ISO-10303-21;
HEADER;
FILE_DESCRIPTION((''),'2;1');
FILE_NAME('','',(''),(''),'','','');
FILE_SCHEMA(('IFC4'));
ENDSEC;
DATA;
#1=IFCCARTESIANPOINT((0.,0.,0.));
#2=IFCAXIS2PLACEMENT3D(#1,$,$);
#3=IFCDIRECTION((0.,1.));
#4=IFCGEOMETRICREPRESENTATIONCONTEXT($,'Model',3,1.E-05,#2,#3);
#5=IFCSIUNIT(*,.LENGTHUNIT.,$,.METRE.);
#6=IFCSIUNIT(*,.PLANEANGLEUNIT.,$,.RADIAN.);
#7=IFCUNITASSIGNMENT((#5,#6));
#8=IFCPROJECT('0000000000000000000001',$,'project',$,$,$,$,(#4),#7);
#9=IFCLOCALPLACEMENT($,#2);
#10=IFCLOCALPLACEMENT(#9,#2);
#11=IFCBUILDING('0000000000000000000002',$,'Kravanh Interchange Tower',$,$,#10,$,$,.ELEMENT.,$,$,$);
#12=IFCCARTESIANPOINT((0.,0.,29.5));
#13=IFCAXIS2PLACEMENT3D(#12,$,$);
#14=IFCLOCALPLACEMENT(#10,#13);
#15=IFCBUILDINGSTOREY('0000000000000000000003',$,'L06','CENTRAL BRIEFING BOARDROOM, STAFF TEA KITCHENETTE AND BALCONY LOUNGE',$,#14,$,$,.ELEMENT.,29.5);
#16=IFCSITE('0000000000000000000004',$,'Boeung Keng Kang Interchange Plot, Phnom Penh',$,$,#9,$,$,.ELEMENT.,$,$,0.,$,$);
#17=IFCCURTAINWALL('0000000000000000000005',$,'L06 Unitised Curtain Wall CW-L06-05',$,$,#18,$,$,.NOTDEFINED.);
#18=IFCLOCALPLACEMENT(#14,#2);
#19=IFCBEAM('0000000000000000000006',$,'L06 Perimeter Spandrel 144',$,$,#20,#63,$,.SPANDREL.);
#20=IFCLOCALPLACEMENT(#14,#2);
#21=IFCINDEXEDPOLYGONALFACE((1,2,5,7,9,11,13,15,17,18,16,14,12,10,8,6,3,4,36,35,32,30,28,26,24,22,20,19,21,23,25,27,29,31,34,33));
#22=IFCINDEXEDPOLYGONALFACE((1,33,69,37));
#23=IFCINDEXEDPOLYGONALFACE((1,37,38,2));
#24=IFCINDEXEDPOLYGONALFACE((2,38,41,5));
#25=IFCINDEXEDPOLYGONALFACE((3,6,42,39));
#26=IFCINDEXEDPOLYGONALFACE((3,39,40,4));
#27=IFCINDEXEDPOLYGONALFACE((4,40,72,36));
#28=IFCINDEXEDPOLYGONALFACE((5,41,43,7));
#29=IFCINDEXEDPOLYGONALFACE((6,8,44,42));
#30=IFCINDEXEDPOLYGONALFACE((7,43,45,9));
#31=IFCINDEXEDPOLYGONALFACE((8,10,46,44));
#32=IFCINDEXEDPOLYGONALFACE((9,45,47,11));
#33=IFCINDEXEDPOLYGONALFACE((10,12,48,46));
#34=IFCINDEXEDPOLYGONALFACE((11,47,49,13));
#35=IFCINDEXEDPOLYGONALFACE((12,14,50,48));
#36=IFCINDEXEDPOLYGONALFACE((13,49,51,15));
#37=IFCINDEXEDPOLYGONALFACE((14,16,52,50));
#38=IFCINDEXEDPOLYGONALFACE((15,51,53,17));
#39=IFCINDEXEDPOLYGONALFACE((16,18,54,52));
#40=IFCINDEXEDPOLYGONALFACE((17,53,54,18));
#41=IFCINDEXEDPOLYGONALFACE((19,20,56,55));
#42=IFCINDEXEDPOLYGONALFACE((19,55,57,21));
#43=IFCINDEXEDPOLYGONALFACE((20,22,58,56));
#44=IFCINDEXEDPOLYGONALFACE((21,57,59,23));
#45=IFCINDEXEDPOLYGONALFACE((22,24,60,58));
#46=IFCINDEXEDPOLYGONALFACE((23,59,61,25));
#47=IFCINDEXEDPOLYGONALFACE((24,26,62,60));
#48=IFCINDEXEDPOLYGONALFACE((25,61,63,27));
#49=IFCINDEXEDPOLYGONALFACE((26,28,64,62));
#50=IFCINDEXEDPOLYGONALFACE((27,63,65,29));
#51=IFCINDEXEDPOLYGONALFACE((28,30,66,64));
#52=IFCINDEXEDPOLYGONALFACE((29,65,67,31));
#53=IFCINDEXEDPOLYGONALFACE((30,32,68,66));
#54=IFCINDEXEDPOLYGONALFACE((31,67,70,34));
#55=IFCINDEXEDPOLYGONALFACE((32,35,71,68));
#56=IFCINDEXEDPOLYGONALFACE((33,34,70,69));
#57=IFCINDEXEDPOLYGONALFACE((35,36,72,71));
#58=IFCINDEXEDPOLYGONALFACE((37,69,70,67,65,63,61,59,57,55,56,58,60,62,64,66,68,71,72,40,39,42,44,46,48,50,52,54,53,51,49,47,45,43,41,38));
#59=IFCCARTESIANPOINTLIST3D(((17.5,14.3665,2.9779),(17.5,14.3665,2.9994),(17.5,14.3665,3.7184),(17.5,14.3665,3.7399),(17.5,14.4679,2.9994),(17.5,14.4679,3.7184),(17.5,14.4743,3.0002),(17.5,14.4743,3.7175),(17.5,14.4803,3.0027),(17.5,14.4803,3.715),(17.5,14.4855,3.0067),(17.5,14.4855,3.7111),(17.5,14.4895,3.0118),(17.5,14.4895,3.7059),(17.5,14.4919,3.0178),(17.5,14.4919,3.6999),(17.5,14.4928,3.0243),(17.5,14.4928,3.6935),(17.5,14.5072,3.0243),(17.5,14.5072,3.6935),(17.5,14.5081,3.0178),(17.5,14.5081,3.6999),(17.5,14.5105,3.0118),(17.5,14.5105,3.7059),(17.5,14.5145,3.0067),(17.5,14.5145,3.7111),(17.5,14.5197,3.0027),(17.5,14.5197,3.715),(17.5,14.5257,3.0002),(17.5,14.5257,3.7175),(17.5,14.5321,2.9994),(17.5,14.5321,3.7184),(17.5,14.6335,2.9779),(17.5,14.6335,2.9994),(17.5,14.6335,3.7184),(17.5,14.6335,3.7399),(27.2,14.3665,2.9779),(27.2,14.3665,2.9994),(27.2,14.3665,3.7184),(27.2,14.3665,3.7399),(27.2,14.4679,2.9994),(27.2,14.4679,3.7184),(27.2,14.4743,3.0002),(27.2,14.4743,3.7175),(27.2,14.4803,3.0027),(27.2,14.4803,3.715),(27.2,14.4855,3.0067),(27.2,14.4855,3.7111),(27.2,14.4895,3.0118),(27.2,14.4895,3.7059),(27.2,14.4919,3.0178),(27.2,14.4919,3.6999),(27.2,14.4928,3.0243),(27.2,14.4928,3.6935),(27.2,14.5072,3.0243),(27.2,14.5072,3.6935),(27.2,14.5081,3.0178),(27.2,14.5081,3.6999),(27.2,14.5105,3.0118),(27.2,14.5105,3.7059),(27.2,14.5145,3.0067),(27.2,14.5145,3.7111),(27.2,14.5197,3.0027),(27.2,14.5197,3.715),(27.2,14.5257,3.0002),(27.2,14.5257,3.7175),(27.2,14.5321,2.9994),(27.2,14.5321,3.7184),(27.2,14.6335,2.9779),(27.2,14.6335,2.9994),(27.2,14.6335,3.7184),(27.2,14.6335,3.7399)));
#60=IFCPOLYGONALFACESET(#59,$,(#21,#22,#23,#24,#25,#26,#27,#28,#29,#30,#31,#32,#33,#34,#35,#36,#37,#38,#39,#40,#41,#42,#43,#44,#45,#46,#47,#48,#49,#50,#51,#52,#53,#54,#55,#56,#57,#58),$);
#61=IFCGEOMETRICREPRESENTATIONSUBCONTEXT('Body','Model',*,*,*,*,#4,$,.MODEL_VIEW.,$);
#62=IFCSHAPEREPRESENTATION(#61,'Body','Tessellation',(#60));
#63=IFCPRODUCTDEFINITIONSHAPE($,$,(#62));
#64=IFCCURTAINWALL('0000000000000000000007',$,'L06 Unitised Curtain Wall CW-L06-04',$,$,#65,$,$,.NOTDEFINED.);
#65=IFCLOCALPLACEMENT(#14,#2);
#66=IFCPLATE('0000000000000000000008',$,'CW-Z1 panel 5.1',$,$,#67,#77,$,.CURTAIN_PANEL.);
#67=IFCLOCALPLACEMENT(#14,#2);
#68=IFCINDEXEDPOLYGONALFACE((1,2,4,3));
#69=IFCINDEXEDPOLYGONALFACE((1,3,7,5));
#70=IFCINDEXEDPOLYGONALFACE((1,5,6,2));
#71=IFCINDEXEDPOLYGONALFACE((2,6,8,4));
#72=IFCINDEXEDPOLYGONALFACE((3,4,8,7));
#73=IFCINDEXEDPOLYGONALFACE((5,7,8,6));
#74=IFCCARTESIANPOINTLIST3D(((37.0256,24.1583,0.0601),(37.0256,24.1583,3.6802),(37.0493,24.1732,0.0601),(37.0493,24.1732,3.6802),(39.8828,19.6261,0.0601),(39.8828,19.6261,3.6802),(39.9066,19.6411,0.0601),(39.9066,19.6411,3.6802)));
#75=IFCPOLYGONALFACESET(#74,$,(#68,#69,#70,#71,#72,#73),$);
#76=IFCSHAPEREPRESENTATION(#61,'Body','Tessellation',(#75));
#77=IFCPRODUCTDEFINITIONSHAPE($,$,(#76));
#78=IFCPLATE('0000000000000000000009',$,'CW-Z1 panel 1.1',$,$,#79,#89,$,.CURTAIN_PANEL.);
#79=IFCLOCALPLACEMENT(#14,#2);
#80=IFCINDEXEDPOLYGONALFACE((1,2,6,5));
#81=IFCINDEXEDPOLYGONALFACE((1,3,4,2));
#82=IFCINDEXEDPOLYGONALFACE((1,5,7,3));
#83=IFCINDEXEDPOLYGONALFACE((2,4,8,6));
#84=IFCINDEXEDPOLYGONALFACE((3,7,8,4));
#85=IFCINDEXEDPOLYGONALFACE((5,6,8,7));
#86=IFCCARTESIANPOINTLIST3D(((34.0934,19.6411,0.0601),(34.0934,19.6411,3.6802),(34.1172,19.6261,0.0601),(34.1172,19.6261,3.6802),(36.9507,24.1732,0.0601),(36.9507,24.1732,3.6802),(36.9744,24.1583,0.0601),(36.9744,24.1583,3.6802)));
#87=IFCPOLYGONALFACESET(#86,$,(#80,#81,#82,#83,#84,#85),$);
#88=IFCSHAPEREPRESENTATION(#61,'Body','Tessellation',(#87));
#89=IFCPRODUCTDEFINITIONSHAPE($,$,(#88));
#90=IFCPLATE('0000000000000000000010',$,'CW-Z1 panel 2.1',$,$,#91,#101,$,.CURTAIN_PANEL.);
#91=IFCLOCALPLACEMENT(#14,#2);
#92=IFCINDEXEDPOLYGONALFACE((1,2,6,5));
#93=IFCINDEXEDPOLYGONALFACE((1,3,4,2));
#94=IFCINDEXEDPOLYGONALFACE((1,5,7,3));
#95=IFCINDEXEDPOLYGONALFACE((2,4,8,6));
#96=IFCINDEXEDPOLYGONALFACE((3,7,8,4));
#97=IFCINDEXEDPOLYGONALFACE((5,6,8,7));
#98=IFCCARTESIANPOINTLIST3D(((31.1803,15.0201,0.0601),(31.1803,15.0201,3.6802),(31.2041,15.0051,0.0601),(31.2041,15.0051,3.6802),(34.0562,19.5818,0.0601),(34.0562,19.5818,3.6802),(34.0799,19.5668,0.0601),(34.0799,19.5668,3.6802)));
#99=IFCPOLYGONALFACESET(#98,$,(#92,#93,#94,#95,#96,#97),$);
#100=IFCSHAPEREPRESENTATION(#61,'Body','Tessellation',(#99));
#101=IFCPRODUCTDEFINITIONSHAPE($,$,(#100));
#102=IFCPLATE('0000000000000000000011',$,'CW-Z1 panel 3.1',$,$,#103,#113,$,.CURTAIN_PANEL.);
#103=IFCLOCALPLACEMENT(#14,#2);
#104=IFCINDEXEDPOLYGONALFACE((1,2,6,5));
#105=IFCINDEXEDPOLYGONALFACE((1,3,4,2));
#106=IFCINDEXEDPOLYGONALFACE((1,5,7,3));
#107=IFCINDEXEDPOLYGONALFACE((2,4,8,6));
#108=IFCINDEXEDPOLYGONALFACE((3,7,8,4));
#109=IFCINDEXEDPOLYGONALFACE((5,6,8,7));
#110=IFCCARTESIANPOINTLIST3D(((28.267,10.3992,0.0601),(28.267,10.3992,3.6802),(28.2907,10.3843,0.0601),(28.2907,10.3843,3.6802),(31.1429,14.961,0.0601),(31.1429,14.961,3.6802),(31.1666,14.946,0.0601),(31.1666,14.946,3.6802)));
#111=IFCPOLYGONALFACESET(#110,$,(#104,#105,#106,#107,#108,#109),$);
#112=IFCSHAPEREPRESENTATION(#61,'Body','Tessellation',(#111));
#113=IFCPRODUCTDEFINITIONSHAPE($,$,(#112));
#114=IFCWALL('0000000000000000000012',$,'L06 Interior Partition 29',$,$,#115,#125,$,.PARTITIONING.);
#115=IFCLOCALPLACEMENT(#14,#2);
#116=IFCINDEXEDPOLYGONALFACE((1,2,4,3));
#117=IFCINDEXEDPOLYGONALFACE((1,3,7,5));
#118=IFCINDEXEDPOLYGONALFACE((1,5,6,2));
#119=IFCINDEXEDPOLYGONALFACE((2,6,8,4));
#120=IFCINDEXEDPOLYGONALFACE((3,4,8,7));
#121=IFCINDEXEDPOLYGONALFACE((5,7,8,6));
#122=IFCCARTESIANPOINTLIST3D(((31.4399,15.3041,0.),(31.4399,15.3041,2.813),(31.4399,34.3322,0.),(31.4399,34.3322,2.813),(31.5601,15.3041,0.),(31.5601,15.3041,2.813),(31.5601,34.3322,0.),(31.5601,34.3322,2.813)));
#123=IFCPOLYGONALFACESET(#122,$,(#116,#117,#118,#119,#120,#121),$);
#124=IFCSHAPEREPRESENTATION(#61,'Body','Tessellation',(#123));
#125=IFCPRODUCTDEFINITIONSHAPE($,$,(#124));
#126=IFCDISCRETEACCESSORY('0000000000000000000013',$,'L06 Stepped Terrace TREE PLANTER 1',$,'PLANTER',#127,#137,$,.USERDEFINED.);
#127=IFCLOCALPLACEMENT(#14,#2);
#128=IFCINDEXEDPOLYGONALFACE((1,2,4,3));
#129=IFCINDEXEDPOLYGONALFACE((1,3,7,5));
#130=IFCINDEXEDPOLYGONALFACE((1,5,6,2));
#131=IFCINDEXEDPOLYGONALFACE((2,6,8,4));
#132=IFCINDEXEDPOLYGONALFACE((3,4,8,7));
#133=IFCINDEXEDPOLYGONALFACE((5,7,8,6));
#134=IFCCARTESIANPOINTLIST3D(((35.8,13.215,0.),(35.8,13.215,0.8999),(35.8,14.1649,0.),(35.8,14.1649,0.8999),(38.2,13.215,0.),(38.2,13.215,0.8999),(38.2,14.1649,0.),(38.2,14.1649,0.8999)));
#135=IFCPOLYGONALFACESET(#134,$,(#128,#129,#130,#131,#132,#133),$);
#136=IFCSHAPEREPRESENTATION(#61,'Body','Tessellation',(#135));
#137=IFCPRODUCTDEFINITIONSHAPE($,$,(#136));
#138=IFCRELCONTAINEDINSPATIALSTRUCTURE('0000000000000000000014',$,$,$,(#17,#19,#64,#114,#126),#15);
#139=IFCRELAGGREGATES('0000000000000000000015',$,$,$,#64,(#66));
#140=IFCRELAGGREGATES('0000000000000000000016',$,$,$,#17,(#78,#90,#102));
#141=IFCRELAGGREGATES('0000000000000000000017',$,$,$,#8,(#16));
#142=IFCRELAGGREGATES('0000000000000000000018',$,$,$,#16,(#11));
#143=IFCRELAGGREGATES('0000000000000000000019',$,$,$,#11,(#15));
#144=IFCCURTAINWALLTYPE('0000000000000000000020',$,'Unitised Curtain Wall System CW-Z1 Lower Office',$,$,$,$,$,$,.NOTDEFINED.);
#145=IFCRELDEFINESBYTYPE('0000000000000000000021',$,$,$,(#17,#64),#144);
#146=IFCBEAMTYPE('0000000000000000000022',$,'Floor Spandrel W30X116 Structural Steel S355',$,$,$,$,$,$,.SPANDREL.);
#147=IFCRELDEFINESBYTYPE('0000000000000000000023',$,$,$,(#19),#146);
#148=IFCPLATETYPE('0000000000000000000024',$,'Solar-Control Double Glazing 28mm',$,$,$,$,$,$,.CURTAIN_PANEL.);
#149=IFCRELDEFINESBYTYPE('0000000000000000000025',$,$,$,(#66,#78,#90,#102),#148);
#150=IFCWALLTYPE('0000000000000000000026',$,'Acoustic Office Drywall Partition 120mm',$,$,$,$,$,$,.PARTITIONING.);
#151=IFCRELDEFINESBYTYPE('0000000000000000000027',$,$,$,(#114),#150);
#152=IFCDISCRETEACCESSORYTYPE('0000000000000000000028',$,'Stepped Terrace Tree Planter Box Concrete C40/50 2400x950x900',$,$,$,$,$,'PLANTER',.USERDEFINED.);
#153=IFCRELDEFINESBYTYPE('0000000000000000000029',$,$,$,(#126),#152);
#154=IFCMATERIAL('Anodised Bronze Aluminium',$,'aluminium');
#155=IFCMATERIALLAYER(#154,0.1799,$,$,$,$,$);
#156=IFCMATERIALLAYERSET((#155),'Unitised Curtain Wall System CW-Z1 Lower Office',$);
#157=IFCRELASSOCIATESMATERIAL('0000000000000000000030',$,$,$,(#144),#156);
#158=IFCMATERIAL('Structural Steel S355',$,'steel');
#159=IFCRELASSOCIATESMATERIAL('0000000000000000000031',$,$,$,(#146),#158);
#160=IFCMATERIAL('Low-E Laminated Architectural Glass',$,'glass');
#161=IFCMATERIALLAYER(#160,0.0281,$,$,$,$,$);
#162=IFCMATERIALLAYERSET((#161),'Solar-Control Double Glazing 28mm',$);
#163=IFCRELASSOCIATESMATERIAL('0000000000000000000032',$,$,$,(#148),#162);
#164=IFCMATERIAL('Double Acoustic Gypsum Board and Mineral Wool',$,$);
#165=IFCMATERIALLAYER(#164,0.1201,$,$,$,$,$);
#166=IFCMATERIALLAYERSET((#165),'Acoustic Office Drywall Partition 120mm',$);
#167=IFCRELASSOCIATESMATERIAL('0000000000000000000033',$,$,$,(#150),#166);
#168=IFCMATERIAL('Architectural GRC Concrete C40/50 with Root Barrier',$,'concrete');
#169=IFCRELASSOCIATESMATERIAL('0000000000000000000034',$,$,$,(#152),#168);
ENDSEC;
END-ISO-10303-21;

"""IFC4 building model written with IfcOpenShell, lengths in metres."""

from ifc_helpers import new_model, si_unit, direction, frame, frame_2d, origin, origin_2d, place, context, subcontext, project, spatial, rectangle, i_section, extrude, material, layer, layer_set, material_profile, profile_set, type_object, element, aggregate, save


model = new_model("IFC4")

# Units and contexts
model_context = context("Model", 3, precision=1e-05, world=origin(), true_north=direction((0.0, 1.0)))
body_context = subcontext(model_context, "Body", "Model", "MODEL_VIEW")
ifc_project = project(units=[si_unit("LENGTHUNIT", "METRE"), si_unit("PLANEANGLEUNIT", "RADIAN")], contexts=[model_context])

# Site, building, storey
site_placement = place(None, origin())
site = spatial("IfcSite", under=ifc_project, at=site_placement, Name="Boeung Keng Kang Interchange Plot, Phnom Penh", CompositionType="ELEMENT", RefElevation=0.0)
building_placement = place(site_placement, origin())
building = spatial("IfcBuilding", under=site, at=building_placement, Name="Kravanh Interchange Tower", CompositionType="ELEMENT")
storey_placement = place(building_placement, frame((0.0, 0.0, 29.5)))
storey = spatial("IfcBuildingStorey", under=building, at=storey_placement, Name="L06", Description="CENTRAL BRIEFING BOARDROOM, STAFF TEA KITCHENETTE AND BALCONY LOUNGE", CompositionType="ELEMENT", Elevation=29.5)

# Curtain wall
ifc_material_1 = material(Name="Anodised Bronze Aluminium", Category="aluminium")
ifc_layer_1 = layer(ifc_material_1, 0.1799)
ifc_layer_set_1 = layer_set([ifc_layer_1], Name="Unitised Curtain Wall System CW-Z1 Lower Office")
curtain_wall_type = type_object("IfcCurtainWallType", Name="Unitised Curtain Wall System CW-Z1 Lower Office", PredefinedType="NOTDEFINED", material=ifc_layer_set_1)
curtain_wall_1_placement = place(storey_placement, origin())
curtain_wall_1 = element("IfcCurtainWall", 1, at=curtain_wall_1_placement, inside=storey, type_object=curtain_wall_type, Name="L06 Unitised Curtain Wall CW-L06-05", PredefinedType="NOTDEFINED")

# Beam
ifc_material_2 = material(Name="Structural Steel S355", Category="steel")
ifc_material_profile_1 = material_profile(ifc_material_2, i_section(OverallWidth=0.2671, OverallDepth=0.762, WebThickness=0.0144, FlangeThickness=0.0215, FilletRadius=0.0249, at=origin_2d()), Name="W30X116")
ifc_profile_set_1 = profile_set([ifc_material_profile_1], Name="Structural Steel S355")
beam_type_1 = type_object("IfcBeamType", Name="Floor Spandrel W30X116 Structural Steel S355", PredefinedType="SPANDREL", material=ifc_profile_set_1)
beam_1_placement = place(storey_placement, frame((17.5, 14.5, 3.3589), z_axis=(1.0, 0.0, 0.0), x_axis=(0.0, 1.0, 0.0)))
element("IfcBeam", 2, at=beam_1_placement, inside=storey, type_object=beam_type_1, Name="L06 Perimeter Spandrel 144", PredefinedType="SPANDREL", context=body_context, shape_type="SweptSolid", body=[
    extrude(i_section(OverallWidth=0.2671, OverallDepth=0.762, WebThickness=0.0144, FlangeThickness=0.0215, FilletRadius=0.0249, at=origin_2d()), origin(), (0.0, 0.0, 1.0), 9.7),
])

# Curtain wall, plate
curtain_wall_2_placement = place(storey_placement, origin())
curtain_wall_2 = element("IfcCurtainWall", 3, at=curtain_wall_2_placement, inside=storey, type_object=curtain_wall_type, Name="L06 Unitised Curtain Wall CW-L06-04", PredefinedType="NOTDEFINED")
ifc_material_3 = material(Name="Low-E Laminated Architectural Glass", Category="glass")
ifc_layer_2 = layer(ifc_material_3, 0.0281)
ifc_layer_set_2 = layer_set([ifc_layer_2], Name="Solar-Control Double Glazing 28mm")
plate_type = type_object("IfcPlateType", Name="Solar-Control Double Glazing 28mm", PredefinedType="CURTAIN_PANEL", material=ifc_layer_set_2)
plate_1_placement = place(storey_placement, frame((38.4661, 21.8997, 0.0601), z_axis=(0.0, 0.0, 1.0), x_axis=(-0.533301, 0.845926, 0.0)))
plate_1 = element("IfcPlate", 4, at=plate_1_placement, type_object=plate_type, Name="CW-Z1 panel 5.1", PredefinedType="CURTAIN_PANEL", context=body_context, shape_type="SweptSolid", body=[
    extrude(rectangle(XDim=5.3577, YDim=0.0281, at=origin_2d()), origin(), (0.0, 0.0, 1.0), 3.6201),
])
aggregate(curtain_wall_2, [plate_1])

# Plates
plate_2_placement = place(storey_placement, frame((35.5339, 21.8997, 0.0601), z_axis=(0.0, 0.0, 1.0), x_axis=(-0.533301, -0.845926, 0.0)))
plate_2 = element("IfcPlate", 5, at=plate_2_placement, type_object=plate_type, Name="CW-Z1 panel 1.1", PredefinedType="CURTAIN_PANEL", context=body_context, shape_type="SweptSolid", body=[
    extrude(rectangle(XDim=5.3577, YDim=0.0281, at=origin_2d()), origin(), (0.0, 0.0, 1.0), 3.6201),
])
plate_3_placement = place(storey_placement, frame((32.6301, 17.2935, 0.0601), z_axis=(0.0, 0.0, 1.0), x_axis=(-0.533301, -0.845926, 0.0)))
plate_3 = element("IfcPlate", 6, at=plate_3_placement, type_object=plate_type, Name="CW-Z1 panel 2.1", PredefinedType="CURTAIN_PANEL", context=body_context, shape_type="SweptSolid", body=[
    extrude(rectangle(XDim=5.3926, YDim=0.0281, at=origin_2d()), origin(), (0.0, 0.0, 1.0), 3.6201),
])
plate_4_placement = place(storey_placement, frame((29.7168, 12.6726, 0.0601), z_axis=(0.0, 0.0, 1.0), x_axis=(-0.533301, -0.845926, 0.0)))
plate_4 = element("IfcPlate", 7, at=plate_4_placement, type_object=plate_type, Name="CW-Z1 panel 3.1", PredefinedType="CURTAIN_PANEL", context=body_context, shape_type="SweptSolid", body=[
    extrude(rectangle(XDim=5.3926, YDim=0.0281, at=origin_2d()), origin(), (0.0, 0.0, 1.0), 3.6201),
])
aggregate(curtain_wall_1, [plate_2, plate_3, plate_4])

# Wall
ifc_material_4 = material(Name="Double Acoustic Gypsum Board and Mineral Wool")
ifc_layer_3 = layer(ifc_material_4, 0.1201)
ifc_layer_set_3 = layer_set([ifc_layer_3], Name="Acoustic Office Drywall Partition 120mm")
wall_type = type_object("IfcWallType", Name="Acoustic Office Drywall Partition 120mm", PredefinedType="PARTITIONING", material=ifc_layer_set_3)
wall_placement = place(storey_placement, frame((31.5, 15.304, 0.0), z_axis=(0.0, 0.0, 1.0), x_axis=(0.0, 1.0, 0.0)))
element("IfcWall", 8, at=wall_placement, inside=storey, type_object=wall_type, Name="L06 Interior Partition 29", PredefinedType="PARTITIONING", context=body_context, shape_type="SweptSolid", body=[
    extrude(rectangle(XDim=19.0281, YDim=0.1201, at=frame_2d((9.5142, 0.0))), origin(), (0.0, 0.0, 1.0), 2.813),
])

# Discrete accessory
ifc_material_5 = material(Name="Architectural GRC Concrete C40/50 with Root Barrier", Category="concrete")
discrete_accessory_type = type_object("IfcDiscreteAccessoryType", Name="Stepped Terrace Tree Planter Box Concrete C40/50 2400x950x900", ElementType="PLANTER", PredefinedType="USERDEFINED", material=ifc_material_5)
discrete_accessory_placement = place(storey_placement, frame((37.0, 13.6899, 0.0), z_axis=(0.0, 0.0, 1.0), x_axis=(1.0, 0.0, 0.0)))
element("IfcDiscreteAccessory", 9, at=discrete_accessory_placement, inside=storey, type_object=discrete_accessory_type, Name="L06 Stepped Terrace TREE PLANTER 1", ObjectType="PLANTER", PredefinedType="USERDEFINED", context=body_context, shape_type="SweptSolid", body=[
    extrude(rectangle(XDim=2.3999, YDim=0.95, at=origin_2d()), origin(), (0.0, 0.0, 1.0), 0.8999),
])

save(model, "model.ifc")
